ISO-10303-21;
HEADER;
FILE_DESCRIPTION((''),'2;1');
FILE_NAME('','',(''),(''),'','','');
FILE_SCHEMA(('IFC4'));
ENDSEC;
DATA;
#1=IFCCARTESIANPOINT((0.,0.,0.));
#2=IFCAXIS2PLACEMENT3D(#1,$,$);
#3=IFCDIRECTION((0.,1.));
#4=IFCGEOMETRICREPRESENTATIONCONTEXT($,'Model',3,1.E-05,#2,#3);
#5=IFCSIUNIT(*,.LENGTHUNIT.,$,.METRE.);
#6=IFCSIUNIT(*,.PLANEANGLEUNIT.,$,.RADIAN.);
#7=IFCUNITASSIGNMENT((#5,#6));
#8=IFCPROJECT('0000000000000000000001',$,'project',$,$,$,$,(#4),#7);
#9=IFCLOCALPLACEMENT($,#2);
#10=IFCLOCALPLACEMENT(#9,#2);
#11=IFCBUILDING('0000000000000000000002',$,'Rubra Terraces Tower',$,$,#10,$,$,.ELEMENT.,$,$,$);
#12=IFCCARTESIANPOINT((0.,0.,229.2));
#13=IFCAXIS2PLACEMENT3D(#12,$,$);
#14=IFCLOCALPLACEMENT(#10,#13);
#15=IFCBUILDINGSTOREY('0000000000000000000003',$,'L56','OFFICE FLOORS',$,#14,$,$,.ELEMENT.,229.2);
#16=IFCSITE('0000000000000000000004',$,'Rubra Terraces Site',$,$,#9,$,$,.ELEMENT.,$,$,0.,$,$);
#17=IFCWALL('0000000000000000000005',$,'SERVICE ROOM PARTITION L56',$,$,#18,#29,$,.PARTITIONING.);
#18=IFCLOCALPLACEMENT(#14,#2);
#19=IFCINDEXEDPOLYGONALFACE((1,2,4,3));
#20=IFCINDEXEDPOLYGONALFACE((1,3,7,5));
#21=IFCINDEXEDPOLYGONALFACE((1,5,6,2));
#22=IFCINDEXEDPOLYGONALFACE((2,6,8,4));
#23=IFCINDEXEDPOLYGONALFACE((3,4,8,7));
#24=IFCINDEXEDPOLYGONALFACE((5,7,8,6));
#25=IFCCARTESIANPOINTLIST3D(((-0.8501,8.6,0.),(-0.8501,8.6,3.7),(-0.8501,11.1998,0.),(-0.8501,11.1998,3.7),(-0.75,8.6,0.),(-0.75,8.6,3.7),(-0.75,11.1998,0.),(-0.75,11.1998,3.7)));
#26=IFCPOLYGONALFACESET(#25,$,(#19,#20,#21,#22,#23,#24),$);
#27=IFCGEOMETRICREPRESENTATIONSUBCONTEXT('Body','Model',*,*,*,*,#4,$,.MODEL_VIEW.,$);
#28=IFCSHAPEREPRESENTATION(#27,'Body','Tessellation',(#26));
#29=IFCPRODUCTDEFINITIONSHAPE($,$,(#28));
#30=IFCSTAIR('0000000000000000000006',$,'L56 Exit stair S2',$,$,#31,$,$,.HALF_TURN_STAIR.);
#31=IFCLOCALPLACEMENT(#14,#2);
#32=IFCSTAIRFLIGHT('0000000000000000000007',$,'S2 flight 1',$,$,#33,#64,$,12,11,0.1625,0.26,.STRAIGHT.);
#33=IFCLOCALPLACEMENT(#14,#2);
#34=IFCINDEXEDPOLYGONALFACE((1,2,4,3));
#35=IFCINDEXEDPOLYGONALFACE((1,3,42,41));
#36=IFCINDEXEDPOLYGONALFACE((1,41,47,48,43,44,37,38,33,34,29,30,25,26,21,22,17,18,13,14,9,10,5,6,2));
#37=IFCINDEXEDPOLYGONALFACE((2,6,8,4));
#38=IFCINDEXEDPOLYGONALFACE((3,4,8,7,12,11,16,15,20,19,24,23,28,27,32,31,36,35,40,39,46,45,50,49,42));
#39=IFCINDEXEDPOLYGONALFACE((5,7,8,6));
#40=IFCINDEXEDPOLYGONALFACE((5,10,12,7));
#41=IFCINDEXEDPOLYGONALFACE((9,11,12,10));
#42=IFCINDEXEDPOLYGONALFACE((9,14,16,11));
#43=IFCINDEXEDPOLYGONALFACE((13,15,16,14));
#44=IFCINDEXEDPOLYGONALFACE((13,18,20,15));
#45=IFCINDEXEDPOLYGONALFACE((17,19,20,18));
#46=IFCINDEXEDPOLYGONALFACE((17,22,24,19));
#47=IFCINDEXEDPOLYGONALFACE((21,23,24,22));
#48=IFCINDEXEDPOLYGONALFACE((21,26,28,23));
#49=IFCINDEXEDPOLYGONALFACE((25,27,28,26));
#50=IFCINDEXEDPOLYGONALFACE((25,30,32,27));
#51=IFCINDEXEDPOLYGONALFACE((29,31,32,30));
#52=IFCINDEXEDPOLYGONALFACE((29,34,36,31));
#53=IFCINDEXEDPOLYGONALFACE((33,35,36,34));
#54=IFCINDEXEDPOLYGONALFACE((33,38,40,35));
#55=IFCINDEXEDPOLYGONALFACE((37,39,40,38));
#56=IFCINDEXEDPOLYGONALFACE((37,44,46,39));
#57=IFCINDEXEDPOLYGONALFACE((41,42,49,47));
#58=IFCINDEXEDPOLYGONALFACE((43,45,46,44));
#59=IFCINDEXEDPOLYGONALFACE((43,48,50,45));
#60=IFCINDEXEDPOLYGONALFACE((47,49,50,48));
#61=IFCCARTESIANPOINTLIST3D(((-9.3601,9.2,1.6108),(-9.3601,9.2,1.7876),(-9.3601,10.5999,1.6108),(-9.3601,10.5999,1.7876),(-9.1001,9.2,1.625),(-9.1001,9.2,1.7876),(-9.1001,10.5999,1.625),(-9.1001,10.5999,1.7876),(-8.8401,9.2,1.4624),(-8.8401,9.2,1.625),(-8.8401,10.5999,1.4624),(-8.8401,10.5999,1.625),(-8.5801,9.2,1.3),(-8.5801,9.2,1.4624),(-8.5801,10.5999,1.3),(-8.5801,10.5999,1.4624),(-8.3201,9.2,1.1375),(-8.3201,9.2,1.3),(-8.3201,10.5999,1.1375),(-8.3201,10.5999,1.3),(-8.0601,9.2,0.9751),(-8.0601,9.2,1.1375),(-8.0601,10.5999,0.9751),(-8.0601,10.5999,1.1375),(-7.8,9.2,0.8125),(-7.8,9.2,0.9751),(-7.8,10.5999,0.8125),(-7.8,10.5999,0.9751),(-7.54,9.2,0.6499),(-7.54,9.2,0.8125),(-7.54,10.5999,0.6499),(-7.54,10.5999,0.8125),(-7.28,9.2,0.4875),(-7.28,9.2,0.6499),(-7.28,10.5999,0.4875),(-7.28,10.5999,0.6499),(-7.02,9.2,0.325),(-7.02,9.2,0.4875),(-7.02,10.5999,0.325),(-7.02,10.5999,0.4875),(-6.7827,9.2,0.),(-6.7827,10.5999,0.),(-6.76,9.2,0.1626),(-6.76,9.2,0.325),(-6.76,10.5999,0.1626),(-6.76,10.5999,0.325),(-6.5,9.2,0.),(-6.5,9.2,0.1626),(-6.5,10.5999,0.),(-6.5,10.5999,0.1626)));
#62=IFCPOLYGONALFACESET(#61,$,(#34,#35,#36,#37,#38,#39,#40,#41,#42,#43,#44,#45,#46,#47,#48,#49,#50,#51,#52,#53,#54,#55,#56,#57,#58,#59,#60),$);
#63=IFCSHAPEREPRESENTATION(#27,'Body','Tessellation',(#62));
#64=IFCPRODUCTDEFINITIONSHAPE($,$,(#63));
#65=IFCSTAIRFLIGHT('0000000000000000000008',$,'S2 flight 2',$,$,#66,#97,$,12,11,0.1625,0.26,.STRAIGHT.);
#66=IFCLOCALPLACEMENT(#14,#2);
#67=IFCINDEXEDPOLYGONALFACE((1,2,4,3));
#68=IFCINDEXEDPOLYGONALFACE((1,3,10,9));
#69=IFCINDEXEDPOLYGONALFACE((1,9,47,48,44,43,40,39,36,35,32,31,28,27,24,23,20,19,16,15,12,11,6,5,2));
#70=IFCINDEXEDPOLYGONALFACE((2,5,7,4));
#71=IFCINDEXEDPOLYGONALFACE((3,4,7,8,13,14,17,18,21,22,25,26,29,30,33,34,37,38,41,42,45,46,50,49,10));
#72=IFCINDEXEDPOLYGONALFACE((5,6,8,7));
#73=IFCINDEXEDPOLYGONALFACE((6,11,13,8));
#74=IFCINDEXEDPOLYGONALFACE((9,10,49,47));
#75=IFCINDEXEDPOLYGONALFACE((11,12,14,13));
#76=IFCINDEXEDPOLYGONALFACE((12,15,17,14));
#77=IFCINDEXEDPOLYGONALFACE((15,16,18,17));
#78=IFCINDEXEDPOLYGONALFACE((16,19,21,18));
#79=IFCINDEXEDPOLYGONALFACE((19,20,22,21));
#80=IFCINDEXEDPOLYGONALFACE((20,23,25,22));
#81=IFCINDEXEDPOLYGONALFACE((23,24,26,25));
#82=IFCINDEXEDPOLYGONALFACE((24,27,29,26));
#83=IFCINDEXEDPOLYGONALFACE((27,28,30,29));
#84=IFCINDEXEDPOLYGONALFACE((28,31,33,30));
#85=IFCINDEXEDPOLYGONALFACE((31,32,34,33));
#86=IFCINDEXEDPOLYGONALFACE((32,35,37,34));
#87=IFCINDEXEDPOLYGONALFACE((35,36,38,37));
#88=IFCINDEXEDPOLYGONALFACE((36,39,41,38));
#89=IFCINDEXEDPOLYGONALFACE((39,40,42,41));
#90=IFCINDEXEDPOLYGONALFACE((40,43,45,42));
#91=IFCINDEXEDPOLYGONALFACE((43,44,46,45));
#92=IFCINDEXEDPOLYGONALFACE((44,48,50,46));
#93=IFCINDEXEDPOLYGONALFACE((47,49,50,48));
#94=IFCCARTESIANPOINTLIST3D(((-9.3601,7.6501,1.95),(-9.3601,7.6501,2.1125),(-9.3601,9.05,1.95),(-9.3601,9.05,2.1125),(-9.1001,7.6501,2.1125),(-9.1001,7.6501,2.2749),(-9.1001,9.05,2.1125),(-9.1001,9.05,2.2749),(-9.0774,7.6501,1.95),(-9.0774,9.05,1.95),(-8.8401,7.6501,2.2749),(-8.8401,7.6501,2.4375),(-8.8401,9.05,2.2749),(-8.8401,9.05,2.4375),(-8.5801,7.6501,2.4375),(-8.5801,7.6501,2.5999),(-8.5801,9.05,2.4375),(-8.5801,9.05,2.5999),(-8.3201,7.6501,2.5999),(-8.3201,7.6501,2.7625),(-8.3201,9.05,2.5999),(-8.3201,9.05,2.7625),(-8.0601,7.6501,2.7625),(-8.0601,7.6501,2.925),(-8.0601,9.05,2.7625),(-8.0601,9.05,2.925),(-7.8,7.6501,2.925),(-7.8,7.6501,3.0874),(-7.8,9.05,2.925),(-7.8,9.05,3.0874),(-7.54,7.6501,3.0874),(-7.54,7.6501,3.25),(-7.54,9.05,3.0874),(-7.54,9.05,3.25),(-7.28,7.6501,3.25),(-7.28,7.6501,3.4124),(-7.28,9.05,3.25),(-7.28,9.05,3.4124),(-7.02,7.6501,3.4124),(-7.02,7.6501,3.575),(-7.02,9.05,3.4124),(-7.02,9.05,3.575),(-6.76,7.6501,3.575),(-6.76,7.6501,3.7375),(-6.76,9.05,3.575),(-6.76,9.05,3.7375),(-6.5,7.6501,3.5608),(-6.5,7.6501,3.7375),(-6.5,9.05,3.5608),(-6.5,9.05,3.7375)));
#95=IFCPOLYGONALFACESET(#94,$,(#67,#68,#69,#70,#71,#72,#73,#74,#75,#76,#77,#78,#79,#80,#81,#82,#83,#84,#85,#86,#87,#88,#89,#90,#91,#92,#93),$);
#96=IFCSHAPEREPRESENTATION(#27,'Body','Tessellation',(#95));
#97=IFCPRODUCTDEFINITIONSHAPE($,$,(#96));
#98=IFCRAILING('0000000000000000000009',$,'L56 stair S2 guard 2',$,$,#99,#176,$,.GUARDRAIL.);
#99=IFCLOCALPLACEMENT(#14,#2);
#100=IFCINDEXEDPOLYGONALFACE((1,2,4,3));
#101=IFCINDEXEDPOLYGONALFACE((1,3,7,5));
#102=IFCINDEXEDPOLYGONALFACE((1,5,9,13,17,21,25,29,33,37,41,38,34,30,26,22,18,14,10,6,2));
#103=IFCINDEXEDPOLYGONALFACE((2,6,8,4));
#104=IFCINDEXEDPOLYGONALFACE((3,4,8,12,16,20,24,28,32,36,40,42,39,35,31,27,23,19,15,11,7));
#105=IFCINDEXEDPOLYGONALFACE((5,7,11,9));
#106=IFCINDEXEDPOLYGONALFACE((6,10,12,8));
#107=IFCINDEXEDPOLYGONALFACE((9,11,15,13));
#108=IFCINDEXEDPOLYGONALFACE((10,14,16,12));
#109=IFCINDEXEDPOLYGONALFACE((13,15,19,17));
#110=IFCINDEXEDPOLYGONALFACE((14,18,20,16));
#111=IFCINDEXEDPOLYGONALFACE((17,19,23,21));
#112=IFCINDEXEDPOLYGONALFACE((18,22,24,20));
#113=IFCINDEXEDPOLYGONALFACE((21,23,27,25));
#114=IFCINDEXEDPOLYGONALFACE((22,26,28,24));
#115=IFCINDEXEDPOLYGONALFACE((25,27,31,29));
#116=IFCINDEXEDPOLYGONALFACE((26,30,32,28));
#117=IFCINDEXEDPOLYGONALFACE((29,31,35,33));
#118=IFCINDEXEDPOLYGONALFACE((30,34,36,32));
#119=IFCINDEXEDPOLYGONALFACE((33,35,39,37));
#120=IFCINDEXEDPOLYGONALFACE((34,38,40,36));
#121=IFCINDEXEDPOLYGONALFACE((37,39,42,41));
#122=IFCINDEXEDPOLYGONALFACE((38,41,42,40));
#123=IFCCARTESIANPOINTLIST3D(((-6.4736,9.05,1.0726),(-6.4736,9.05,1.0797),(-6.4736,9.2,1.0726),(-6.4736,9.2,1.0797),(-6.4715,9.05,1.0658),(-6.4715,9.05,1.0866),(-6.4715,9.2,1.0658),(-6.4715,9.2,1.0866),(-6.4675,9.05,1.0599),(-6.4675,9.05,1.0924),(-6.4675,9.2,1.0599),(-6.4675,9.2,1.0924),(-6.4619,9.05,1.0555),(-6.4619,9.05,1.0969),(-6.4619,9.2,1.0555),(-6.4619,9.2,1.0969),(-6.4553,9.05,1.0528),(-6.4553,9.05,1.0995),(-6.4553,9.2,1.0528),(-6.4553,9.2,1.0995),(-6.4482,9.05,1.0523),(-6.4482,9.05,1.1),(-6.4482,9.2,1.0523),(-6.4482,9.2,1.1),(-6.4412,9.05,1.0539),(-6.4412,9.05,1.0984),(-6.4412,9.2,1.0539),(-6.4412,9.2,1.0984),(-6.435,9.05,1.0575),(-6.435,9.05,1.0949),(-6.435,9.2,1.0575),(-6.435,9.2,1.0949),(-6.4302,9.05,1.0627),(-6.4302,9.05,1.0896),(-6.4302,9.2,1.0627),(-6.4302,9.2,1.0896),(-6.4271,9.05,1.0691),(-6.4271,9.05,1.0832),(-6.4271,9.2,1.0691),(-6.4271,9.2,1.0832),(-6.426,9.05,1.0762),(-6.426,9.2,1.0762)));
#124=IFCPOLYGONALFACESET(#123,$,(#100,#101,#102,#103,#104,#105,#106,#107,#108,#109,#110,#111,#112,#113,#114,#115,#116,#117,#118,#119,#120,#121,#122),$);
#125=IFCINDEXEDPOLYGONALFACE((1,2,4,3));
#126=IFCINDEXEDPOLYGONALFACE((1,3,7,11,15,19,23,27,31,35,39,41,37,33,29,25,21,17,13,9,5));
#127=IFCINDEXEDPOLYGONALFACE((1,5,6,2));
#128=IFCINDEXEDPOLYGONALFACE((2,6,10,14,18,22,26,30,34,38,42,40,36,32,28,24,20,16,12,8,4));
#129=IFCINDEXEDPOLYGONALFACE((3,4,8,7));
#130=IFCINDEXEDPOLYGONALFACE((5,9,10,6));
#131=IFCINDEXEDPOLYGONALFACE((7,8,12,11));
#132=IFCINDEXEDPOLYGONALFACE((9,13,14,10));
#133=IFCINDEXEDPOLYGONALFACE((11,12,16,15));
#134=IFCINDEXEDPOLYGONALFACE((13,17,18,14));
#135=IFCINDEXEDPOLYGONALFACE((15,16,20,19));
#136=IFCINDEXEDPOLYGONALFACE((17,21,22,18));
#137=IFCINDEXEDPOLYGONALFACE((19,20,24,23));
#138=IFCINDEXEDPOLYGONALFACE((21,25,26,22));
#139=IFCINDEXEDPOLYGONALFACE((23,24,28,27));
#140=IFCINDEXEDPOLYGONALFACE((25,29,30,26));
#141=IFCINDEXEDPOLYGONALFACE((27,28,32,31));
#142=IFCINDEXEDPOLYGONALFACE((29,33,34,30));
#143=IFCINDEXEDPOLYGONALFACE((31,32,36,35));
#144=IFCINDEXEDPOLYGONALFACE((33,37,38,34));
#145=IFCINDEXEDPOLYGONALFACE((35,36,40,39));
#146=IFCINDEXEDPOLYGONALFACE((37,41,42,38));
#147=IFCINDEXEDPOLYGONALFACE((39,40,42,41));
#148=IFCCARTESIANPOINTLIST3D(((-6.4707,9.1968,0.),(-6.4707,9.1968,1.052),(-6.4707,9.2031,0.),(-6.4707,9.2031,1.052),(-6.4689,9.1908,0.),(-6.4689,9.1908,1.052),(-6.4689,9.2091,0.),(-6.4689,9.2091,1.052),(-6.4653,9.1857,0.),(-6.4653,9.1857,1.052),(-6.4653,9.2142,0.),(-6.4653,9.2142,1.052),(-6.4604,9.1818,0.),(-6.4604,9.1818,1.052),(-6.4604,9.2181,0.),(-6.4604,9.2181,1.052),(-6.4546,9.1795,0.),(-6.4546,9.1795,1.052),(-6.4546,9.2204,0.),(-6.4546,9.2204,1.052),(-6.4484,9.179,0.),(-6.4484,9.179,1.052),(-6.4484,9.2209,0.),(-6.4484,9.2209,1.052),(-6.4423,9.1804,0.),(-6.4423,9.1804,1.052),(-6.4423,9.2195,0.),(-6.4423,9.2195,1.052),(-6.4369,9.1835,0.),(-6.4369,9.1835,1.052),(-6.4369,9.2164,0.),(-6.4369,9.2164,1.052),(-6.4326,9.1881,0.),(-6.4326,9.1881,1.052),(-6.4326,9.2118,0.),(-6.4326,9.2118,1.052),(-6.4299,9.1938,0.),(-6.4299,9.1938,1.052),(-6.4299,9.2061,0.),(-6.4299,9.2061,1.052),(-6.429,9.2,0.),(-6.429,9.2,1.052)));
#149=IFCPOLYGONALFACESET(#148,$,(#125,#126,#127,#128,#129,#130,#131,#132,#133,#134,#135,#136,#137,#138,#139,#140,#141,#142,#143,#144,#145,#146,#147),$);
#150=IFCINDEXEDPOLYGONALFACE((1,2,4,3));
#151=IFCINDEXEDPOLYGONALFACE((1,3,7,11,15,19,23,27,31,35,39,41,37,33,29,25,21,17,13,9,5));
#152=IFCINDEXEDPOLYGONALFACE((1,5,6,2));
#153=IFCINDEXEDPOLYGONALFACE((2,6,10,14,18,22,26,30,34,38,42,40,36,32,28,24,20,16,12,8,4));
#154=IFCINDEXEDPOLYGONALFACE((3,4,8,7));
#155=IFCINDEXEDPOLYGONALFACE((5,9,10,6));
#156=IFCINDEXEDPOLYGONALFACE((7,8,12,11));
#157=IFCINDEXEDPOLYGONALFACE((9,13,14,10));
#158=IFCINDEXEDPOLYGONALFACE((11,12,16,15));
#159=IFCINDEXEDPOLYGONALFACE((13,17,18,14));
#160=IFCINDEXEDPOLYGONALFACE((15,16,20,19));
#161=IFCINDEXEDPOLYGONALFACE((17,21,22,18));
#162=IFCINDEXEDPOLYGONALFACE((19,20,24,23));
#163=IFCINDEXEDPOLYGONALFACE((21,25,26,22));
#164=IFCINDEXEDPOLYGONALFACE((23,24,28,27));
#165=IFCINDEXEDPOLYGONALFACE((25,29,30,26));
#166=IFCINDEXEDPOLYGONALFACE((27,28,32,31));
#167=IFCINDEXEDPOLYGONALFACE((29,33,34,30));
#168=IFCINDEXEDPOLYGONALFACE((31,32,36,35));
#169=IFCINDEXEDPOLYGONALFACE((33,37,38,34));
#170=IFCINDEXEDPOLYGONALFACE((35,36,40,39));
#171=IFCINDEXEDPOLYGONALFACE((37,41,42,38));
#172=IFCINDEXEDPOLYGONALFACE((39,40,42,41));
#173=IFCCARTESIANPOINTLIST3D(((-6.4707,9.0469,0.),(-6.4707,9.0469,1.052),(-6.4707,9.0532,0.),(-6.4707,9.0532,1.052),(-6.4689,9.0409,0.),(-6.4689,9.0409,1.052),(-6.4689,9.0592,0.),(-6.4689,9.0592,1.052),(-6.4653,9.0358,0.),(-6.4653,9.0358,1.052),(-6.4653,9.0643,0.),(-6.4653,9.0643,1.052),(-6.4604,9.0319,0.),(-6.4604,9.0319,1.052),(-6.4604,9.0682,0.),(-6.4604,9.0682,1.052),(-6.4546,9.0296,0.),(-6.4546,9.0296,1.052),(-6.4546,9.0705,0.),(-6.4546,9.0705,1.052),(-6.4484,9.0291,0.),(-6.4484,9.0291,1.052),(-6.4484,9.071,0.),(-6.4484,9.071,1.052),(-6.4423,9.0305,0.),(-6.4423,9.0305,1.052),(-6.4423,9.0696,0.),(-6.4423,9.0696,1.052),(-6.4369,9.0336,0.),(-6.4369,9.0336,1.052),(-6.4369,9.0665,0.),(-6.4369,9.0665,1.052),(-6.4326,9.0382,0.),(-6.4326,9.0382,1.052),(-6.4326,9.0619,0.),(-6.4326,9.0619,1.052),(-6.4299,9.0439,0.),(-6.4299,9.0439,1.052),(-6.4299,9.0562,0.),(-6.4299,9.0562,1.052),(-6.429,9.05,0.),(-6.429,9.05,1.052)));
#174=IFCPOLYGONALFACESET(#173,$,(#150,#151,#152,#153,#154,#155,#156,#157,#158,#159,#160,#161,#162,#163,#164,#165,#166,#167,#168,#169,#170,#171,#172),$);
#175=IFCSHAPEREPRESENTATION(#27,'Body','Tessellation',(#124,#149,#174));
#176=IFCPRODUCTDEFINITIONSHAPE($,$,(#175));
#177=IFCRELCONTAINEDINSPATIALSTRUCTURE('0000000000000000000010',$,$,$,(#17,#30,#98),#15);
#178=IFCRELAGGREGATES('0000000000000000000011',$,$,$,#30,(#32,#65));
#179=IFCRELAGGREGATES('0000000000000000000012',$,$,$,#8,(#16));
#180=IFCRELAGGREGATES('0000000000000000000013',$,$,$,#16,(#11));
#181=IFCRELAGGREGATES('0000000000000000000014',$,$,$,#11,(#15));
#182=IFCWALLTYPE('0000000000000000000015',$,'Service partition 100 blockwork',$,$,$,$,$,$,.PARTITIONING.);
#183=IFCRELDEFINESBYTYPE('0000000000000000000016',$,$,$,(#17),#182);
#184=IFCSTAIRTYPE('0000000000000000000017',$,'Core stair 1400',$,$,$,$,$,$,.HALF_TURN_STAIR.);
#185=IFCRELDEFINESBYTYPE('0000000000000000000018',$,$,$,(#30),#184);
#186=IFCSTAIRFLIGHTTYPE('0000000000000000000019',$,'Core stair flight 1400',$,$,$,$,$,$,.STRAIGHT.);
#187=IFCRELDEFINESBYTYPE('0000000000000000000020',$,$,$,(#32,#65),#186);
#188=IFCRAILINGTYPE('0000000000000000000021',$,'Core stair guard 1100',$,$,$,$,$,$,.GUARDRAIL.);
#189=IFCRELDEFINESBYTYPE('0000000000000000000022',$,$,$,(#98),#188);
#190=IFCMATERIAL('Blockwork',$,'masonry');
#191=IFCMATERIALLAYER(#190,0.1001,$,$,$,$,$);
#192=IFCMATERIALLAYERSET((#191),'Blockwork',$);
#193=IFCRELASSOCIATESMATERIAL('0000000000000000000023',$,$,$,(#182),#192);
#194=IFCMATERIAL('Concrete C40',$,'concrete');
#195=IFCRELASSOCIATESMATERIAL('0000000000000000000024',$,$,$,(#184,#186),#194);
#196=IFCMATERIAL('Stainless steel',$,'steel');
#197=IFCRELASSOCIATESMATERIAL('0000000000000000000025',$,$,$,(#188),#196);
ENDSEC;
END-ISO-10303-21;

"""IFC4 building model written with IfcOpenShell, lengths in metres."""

from ifc_helpers import new_model, si_unit, direction, frame, frame_2d, origin, origin_2d, place, context, subcontext, project, spatial, polyline, rectangle, circle, outline, extrude, material, layer, layer_set, type_object, element, aggregate, save


model = new_model("IFC4")

# Units and contexts
model_context = context("Model", 3, precision=1e-05, world=origin(), true_north=direction((0.0, 1.0)))
body_context = subcontext(model_context, "Body", "Model", "MODEL_VIEW")
ifc_project = project(units=[si_unit("LENGTHUNIT", "METRE"), si_unit("PLANEANGLEUNIT", "RADIAN")], contexts=[model_context])

# Site, building, storey
site_placement = place(None, origin())
site = spatial("IfcSite", under=ifc_project, at=site_placement, Name="Rubra Terraces Site", CompositionType="ELEMENT", RefElevation=0.0)
building_placement = place(site_placement, origin())
building = spatial("IfcBuilding", under=site, at=building_placement, Name="Rubra Terraces Tower", CompositionType="ELEMENT")
storey_placement = place(building_placement, frame((0.0, 0.0, 229.2)))
storey = spatial("IfcBuildingStorey", under=building, at=storey_placement, Name="L56", Description="OFFICE FLOORS", CompositionType="ELEMENT", Elevation=229.2)

# Shared definitions
ifc_material_1 = material(Name="Stainless steel", Category="steel")

# Wall
ifc_material_2 = material(Name="Blockwork", Category="masonry")
ifc_layer_1 = layer(ifc_material_2, 0.1001)
ifc_layer_set_1 = layer_set([ifc_layer_1], Name="Blockwork")
wall_type_1 = type_object("IfcWallType", Name="Service partition 100 blockwork", PredefinedType="PARTITIONING", material=ifc_layer_set_1)
for number, where, z_axis, x_axis, name in (
    (1, (-0.8, 8.6001, 0.0), (0.0, 0.0, 1.0), (0.0, 1.0, 0.0), "SERVICE ROOM PARTITION L56"),
):
    element("IfcWall", number, at=place(storey_placement, frame(where, z_axis=z_axis, x_axis=x_axis)), inside=storey, type_object=wall_type_1, Name=name, PredefinedType="PARTITIONING", context=body_context, shape_type="SweptSolid", body=[
        extrude(rectangle(XDim=2.5999, YDim=0.1001, at=frame_2d((1.2998, 0.0))), origin(), (0.0, 0.0, 1.0), 3.7),
    ])

# Stair, stair flights
ifc_material_3 = material(Name="Concrete C40", Category="concrete")
stair_type = type_object("IfcStairType", Name="Core stair 1400", PredefinedType="HALF_TURN_STAIR", material=ifc_material_3)
stair_placement = place(storey_placement, origin())
stair = element("IfcStair", 2, at=stair_placement, inside=storey, type_object=stair_type, Name="L56 Exit stair S2", PredefinedType="HALF_TURN_STAIR")
stair_flight_type = type_object("IfcStairFlightType", Name="Core stair flight 1400", PredefinedType="STRAIGHT", material=ifc_material_3)
stair_flight_1_placement = place(storey_placement, frame((-6.5, 9.8999, 0.0), z_axis=(0.0, 0.0, 1.0), x_axis=(-1.0, 0.0, 0.0)))
stair_flight_1 = element("IfcStairFlight", 3, at=stair_flight_1_placement, type_object=stair_flight_type, Name="S2 flight 1", NumberOfRisers=12, NumberOfTreads=11, PredefinedType="STRAIGHT", RiserHeight=0.1625, TreadLength=0.26, context=body_context, shape_type="SweptSolid", body=[
    extrude(outline(polyline([(0.0, 0.0), (0.0, 0.1626), (0.26, 0.1626), (0.26, 0.325), (0.52, 0.325), (0.52, 0.4875), (0.78, 0.4875), (0.78, 0.6499), (1.04, 0.6499), (1.04, 0.8125), (1.3, 0.8125), (1.3, 0.9751), (1.5601, 0.9751), (1.5601, 1.1375), (1.8201, 1.1375), (1.8201, 1.3), (2.0801, 1.3), (2.0801, 1.4624), (2.3401, 1.4624), (2.3401, 1.625), (2.6001, 1.625), (2.6001, 1.7876), (2.8601, 1.7876), (2.8601, 1.95), (2.8601, 1.6108), (0.2827, 0.0), (0.0, 0.0)])), frame((0.0, 0.7, 0.0), z_axis=(0.0, -1.0, 0.0), x_axis=(1.0, 0.0, 0.0)), (0.0, 0.0, 1.0), 1.3999),
])
stair_flight_2_placement = place(storey_placement, frame((-9.3601, 8.3501, 1.95), z_axis=(0.0, 0.0, 1.0), x_axis=(1.0, 0.0, 0.0)))
stair_flight_2 = element("IfcStairFlight", 4, at=stair_flight_2_placement, type_object=stair_flight_type, Name="S2 flight 2", NumberOfRisers=12, NumberOfTreads=11, PredefinedType="STRAIGHT", RiserHeight=0.1625, TreadLength=0.26, context=body_context, shape_type="SweptSolid", body=[
    extrude(outline(polyline([(0.0, 0.0), (0.0, 0.1626), (0.26, 0.1626), (0.26, 0.325), (0.52, 0.325), (0.52, 0.4875), (0.78, 0.4875), (0.78, 0.6499), (1.04, 0.6499), (1.04, 0.8125), (1.3, 0.8125), (1.3, 0.9751), (1.5601, 0.9751), (1.5601, 1.1375), (1.8201, 1.1375), (1.8201, 1.3), (2.0801, 1.3), (2.0801, 1.4624), (2.3401, 1.4624), (2.3401, 1.625), (2.6001, 1.625), (2.6001, 1.7876), (2.8601, 1.7876), (2.8601, 1.95), (2.8601, 1.6108), (0.2827, 0.0), (0.0, 0.0)])), frame((0.0, 0.7, 0.0), z_axis=(0.0, -1.0, 0.0), x_axis=(1.0, 0.0, 0.0)), (0.0, 0.0, 1.0), 1.3999),
])
aggregate(stair, [stair_flight_1, stair_flight_2])

# Railing
railing_type_1 = type_object("IfcRailingType", Name="Core stair guard 1100", PredefinedType="GUARDRAIL", material=ifc_material_1)
railing_1_placement = place(storey_placement, frame((-6.45, 9.2, 0.0)))
element("IfcRailing", 5, at=railing_1_placement, inside=storey, type_object=railing_type_1, Name="L56 stair S2 guard 2", PredefinedType="GUARDRAIL", context=body_context, shape_type="SweptSolid", body=[
    extrude(circle(Radius=0.0239, at=origin_2d()), frame((0.0, 0.0, 1.0762), z_axis=(0.0, -1.0, 0.0), x_axis=(1.0, 0.0, 0.0)), (0.0, 0.0, 1.0), 0.1499),
    extrude(circle(Radius=0.021, at=origin_2d()), origin(), (0.0, 0.0, 1.0), 1.052),
    extrude(circle(Radius=0.021, at=origin_2d()), frame((0.0, -0.1499, 0.0)), (0.0, 0.0, 1.0), 1.052),
])

save(model, "model.ifc")
